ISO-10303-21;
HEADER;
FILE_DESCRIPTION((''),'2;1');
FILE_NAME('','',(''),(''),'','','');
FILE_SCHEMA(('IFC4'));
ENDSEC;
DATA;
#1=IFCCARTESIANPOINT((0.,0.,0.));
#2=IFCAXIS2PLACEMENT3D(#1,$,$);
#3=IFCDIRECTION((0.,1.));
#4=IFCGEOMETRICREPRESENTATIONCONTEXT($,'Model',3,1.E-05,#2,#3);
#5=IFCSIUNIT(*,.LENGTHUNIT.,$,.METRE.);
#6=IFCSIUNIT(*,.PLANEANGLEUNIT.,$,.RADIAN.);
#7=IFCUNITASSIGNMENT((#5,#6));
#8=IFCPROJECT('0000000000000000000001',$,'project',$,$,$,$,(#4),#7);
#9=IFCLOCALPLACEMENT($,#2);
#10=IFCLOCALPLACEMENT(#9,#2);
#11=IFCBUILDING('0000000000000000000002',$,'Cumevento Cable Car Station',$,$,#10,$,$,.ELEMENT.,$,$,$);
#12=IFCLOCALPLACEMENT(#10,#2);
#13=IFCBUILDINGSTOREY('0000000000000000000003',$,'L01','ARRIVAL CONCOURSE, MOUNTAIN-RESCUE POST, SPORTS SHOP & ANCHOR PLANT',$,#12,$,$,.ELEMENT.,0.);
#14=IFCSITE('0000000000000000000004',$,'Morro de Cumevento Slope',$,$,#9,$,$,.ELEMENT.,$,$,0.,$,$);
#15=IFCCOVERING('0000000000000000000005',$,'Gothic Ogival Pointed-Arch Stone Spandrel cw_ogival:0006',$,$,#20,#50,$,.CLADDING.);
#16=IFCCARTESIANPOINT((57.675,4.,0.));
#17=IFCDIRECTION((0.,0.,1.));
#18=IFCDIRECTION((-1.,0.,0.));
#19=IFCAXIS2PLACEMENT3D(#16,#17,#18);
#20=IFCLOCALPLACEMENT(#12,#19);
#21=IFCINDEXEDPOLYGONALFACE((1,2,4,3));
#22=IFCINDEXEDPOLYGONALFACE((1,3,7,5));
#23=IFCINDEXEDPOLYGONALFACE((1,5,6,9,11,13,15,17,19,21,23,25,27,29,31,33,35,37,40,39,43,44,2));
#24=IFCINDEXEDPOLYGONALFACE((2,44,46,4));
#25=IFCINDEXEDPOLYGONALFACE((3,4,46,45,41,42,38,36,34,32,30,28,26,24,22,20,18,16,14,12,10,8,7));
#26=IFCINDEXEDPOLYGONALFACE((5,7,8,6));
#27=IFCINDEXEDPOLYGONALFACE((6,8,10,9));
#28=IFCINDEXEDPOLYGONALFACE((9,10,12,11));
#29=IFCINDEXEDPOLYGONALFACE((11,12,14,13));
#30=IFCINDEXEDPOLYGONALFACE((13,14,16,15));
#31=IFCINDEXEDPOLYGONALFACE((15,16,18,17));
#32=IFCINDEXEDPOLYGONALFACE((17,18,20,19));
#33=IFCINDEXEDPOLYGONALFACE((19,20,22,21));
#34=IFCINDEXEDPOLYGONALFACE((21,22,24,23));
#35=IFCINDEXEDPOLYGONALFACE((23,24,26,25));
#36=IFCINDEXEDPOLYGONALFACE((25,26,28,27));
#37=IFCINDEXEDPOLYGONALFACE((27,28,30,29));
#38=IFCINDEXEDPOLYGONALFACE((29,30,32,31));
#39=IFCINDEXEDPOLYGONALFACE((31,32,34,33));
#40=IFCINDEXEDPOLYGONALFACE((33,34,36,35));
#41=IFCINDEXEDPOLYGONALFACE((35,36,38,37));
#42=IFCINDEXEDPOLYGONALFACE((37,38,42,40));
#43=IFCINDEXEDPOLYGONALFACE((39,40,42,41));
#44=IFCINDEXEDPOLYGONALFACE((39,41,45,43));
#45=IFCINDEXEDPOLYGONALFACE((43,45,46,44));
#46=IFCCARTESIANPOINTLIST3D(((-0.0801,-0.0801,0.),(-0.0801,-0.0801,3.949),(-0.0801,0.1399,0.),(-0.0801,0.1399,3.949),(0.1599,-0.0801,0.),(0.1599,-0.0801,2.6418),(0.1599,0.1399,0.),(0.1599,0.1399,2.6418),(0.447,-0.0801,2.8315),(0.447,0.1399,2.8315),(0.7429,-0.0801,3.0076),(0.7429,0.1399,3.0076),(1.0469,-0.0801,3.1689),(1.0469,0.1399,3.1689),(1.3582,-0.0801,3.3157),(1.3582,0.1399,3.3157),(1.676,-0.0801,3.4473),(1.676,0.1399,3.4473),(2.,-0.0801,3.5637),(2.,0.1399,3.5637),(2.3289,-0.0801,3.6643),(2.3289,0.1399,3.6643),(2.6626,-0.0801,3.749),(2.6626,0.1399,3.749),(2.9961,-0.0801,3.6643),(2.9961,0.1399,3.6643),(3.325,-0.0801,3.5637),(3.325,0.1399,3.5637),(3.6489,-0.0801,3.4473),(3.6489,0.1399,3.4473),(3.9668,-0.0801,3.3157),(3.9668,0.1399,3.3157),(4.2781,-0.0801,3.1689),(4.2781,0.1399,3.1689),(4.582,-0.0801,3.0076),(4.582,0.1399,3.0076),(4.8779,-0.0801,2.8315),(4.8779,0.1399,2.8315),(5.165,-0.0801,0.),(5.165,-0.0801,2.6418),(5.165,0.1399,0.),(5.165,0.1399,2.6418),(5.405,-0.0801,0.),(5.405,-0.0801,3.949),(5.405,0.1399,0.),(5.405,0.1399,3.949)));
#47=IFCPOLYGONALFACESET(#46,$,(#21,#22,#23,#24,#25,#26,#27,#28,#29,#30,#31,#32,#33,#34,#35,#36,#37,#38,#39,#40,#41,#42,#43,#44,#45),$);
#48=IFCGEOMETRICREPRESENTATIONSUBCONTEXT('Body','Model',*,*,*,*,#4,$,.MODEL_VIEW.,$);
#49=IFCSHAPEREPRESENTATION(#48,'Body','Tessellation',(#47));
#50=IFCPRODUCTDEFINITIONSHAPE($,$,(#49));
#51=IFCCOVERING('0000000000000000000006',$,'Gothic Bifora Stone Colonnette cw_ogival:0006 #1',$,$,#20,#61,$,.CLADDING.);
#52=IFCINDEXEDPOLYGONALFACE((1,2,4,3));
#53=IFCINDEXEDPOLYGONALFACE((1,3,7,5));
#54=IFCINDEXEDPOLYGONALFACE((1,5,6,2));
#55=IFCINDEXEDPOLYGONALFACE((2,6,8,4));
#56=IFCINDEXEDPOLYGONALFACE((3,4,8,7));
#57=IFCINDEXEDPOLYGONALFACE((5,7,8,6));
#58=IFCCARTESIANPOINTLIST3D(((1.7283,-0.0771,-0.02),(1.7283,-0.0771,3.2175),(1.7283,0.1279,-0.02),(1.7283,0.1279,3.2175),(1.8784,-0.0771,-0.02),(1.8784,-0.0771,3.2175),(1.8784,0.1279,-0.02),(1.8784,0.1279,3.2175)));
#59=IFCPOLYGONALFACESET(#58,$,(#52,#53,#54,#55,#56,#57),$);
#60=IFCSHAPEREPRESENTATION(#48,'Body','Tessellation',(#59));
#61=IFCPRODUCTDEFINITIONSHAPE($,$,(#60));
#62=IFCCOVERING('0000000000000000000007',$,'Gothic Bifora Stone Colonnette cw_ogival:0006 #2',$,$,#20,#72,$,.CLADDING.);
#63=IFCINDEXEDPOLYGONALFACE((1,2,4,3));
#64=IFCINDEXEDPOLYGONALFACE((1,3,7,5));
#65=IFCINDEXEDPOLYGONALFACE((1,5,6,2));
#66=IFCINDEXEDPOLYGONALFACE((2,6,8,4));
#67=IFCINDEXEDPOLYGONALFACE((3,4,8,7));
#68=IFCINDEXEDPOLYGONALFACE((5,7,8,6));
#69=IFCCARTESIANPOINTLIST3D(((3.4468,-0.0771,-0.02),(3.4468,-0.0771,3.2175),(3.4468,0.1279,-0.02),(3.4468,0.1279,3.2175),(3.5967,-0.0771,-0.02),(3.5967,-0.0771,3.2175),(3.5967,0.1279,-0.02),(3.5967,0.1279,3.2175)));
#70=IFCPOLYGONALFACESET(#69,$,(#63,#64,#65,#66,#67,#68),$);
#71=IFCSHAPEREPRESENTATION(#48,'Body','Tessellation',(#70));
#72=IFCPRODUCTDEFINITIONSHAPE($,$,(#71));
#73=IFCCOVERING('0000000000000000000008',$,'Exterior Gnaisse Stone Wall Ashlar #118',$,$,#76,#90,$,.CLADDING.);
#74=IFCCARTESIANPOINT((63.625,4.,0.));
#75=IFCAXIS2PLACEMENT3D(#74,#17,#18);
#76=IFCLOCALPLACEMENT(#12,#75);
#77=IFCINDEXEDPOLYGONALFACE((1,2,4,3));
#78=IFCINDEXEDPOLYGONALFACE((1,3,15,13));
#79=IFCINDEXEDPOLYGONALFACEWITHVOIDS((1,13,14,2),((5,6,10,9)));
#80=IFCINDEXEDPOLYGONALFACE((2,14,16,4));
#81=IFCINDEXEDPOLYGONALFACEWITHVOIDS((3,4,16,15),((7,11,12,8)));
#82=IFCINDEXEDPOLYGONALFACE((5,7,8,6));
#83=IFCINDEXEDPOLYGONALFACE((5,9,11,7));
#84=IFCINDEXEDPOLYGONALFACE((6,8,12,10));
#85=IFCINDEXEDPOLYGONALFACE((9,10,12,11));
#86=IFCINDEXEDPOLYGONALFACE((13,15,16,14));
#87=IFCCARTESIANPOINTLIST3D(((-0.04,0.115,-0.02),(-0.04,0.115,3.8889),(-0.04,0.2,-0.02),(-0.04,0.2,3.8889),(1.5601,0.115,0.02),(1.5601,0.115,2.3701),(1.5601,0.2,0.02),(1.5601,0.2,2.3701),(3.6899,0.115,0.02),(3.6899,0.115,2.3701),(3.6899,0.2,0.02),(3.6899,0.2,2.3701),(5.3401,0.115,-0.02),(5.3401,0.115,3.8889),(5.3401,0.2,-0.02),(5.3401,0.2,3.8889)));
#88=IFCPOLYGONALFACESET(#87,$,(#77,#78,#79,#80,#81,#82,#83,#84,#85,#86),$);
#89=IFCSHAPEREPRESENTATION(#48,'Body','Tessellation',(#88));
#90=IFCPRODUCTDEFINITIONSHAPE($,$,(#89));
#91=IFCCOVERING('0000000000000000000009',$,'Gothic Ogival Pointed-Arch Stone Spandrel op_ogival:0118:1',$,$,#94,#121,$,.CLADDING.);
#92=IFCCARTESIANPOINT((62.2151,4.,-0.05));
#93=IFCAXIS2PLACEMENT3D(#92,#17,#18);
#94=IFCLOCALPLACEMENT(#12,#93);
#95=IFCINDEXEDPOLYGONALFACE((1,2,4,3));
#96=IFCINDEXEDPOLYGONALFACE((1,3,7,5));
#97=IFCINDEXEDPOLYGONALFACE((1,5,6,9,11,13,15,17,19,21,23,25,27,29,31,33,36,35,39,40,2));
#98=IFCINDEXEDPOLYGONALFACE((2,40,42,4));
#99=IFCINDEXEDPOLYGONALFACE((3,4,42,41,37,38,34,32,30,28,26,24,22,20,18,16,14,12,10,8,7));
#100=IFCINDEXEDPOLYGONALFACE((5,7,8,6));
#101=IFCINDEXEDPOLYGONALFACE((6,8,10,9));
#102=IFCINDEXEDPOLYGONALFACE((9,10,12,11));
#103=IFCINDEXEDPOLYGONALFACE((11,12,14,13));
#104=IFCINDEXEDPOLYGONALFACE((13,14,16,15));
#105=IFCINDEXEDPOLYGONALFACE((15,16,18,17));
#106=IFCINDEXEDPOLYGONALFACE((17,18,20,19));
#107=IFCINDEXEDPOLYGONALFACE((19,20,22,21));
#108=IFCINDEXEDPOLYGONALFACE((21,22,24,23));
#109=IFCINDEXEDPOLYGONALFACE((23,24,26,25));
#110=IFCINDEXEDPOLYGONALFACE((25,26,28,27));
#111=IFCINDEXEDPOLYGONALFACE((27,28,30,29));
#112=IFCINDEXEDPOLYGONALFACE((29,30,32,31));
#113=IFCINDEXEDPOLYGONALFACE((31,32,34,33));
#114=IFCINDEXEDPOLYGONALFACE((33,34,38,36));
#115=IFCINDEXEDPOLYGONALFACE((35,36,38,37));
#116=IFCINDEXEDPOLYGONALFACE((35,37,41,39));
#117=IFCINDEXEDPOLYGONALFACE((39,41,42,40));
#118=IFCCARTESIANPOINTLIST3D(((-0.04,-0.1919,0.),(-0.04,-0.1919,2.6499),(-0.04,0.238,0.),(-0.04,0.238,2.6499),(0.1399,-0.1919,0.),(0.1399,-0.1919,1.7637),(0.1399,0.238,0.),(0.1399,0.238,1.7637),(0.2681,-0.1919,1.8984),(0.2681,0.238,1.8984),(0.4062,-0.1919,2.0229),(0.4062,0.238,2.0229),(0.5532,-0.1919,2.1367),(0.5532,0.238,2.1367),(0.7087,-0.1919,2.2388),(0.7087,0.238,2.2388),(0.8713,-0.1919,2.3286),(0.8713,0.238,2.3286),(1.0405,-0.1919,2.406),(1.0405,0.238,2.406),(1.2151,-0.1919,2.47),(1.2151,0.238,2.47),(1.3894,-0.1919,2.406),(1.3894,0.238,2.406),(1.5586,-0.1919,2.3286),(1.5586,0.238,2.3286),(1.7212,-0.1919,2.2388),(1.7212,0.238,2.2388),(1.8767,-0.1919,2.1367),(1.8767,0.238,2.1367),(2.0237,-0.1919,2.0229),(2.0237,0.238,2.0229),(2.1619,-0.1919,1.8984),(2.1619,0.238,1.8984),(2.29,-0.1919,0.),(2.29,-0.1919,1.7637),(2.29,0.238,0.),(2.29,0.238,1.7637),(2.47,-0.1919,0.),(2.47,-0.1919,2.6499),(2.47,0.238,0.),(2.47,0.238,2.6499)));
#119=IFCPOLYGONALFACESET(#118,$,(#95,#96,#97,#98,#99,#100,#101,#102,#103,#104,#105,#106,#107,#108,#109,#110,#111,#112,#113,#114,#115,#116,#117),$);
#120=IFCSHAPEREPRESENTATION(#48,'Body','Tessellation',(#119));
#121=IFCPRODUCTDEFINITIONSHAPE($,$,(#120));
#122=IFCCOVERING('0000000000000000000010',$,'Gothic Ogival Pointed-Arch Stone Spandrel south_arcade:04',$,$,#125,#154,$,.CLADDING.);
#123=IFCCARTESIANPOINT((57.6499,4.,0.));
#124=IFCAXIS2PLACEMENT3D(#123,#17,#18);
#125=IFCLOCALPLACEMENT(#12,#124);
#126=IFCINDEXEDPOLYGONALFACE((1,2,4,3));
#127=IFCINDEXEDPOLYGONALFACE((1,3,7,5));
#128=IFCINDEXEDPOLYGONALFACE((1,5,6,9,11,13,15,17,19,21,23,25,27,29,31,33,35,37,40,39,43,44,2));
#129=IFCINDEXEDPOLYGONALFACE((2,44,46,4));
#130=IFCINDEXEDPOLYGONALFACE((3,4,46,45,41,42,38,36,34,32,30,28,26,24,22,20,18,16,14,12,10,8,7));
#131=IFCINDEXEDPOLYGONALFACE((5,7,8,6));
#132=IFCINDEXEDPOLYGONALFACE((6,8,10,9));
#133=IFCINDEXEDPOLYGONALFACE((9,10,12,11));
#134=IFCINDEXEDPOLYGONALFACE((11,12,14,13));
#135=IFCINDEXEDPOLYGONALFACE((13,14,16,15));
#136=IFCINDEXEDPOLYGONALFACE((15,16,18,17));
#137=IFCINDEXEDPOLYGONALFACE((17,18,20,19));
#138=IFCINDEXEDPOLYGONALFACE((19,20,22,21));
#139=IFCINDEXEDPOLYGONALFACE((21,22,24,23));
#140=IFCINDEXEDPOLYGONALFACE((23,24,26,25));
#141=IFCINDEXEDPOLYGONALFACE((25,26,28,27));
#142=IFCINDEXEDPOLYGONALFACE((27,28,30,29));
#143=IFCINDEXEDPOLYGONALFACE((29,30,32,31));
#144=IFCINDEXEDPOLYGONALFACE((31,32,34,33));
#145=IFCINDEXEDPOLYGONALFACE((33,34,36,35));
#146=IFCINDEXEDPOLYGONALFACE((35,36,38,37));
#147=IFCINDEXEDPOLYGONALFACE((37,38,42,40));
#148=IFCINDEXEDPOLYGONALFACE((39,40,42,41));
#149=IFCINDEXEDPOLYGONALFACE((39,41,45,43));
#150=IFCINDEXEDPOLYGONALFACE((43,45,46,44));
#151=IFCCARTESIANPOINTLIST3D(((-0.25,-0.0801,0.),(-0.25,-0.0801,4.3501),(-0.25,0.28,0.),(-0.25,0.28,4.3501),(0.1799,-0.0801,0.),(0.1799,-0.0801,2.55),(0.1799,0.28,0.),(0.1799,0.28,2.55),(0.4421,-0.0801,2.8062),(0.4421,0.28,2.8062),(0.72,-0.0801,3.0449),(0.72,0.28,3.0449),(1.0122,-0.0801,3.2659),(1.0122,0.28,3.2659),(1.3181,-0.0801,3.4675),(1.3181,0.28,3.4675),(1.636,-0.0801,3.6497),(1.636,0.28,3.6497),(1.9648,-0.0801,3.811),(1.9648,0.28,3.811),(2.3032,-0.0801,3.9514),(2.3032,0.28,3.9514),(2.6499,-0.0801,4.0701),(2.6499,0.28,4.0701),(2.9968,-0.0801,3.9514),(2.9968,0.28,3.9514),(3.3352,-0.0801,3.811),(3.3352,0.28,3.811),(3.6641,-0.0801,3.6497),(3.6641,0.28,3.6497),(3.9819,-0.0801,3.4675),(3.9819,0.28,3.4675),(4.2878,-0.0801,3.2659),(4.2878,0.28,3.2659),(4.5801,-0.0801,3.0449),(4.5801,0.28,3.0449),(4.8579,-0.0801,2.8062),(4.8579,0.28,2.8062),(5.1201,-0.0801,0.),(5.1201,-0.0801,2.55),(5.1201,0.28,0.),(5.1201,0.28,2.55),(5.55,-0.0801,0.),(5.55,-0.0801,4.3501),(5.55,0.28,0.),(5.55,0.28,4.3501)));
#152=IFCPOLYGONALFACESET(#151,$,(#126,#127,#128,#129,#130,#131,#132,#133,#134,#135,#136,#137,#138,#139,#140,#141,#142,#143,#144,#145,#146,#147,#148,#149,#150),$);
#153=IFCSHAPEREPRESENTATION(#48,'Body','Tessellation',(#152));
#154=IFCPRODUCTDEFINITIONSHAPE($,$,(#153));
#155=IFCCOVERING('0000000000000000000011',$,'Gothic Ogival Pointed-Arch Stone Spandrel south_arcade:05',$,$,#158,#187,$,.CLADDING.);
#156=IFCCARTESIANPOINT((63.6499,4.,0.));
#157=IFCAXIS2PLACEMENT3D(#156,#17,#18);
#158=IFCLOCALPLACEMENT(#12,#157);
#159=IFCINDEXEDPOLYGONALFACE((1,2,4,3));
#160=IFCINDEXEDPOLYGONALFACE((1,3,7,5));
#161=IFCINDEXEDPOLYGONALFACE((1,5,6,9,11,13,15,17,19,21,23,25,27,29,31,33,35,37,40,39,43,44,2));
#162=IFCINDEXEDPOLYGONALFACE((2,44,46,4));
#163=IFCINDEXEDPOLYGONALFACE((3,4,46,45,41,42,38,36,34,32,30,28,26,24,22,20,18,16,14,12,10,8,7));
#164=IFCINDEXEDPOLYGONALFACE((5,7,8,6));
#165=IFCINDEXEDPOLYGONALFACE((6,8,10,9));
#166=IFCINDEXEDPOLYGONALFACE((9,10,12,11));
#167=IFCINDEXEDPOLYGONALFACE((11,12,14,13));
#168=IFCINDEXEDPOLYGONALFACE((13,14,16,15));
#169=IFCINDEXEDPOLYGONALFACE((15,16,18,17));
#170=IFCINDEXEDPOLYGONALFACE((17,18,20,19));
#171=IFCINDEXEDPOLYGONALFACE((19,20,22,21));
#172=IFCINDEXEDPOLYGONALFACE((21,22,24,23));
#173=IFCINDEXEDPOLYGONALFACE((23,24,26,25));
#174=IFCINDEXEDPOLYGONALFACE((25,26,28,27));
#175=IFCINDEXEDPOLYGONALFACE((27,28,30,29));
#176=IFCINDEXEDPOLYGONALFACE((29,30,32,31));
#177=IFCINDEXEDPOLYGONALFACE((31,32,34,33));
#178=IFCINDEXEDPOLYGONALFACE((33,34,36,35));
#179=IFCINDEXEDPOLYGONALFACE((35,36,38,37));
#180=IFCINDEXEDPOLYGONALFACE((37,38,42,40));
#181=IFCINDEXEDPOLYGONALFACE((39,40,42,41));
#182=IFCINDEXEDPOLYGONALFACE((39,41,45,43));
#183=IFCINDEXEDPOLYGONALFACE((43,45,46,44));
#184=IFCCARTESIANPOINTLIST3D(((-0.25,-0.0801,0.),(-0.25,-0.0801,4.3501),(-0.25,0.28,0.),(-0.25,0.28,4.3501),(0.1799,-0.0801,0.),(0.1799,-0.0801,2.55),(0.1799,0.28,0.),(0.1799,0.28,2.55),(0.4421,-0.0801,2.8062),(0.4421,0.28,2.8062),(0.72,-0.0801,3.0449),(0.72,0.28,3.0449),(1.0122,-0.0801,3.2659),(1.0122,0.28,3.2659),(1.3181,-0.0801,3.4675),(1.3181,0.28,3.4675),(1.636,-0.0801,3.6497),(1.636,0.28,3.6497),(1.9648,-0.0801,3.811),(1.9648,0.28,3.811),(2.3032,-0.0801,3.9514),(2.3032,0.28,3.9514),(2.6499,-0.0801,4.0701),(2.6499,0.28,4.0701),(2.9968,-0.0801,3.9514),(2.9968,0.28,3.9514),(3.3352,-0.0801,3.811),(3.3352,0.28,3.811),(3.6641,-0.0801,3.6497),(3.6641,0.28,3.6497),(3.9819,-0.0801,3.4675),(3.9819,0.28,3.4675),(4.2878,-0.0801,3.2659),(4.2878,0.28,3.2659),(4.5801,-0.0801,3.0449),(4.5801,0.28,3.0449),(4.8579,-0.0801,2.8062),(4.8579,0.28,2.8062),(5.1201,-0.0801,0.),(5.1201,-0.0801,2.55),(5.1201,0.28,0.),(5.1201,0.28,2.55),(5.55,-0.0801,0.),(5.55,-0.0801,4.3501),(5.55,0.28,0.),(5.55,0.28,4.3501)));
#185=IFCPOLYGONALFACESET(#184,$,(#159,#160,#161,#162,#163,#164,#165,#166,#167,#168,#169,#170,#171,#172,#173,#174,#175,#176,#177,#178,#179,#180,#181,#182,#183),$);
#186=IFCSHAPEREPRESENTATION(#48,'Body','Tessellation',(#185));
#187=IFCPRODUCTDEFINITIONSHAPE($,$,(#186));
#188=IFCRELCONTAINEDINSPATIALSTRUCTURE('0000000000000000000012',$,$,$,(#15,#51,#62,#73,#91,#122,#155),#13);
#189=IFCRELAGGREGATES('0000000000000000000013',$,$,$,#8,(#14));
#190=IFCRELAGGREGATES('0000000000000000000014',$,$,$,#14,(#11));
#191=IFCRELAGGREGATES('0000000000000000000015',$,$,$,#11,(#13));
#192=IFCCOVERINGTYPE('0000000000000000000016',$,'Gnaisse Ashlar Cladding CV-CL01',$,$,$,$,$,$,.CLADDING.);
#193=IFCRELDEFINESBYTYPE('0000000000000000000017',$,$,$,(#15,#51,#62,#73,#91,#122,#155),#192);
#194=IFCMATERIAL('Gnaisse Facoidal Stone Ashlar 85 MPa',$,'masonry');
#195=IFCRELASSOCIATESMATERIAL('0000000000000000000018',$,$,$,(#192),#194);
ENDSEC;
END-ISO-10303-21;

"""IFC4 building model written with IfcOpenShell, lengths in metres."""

from ifc_helpers import new_model, si_unit, direction, frame, origin, place, context, subcontext, project, spatial, polyline, outline, extrude, material, type_object, element, save


model = new_model("IFC4")

# Units and contexts
model_context = context("Model", 3, precision=1e-05, world=origin(), true_north=direction((0.0, 1.0)))
body_context = subcontext(model_context, "Body", "Model", "MODEL_VIEW")
ifc_project = project(units=[si_unit("LENGTHUNIT", "METRE"), si_unit("PLANEANGLEUNIT", "RADIAN")], contexts=[model_context])

# Site, building, storey
site_placement = place(None, origin())
site = spatial("IfcSite", under=ifc_project, at=site_placement, Name="Morro de Cumevento Slope", CompositionType="ELEMENT", RefElevation=0.0)
building_placement = place(site_placement, origin())
building = spatial("IfcBuilding", under=site, at=building_placement, Name="Cumevento Cable Car Station", CompositionType="ELEMENT")
storey_placement = place(building_placement, origin())
storey = spatial("IfcBuildingStorey", under=building, at=storey_placement, Name="L01", Description="ARRIVAL CONCOURSE, MOUNTAIN-RESCUE POST, SPORTS SHOP & ANCHOR PLANT", CompositionType="ELEMENT", Elevation=0.0)

# Coverings
ifc_material_1 = material(Name="Gnaisse Facoidal Stone Ashlar 85 MPa", Category="masonry")
covering_type = type_object("IfcCoveringType", Name="Gnaisse Ashlar Cladding CV-CL01", PredefinedType="CLADDING", material=ifc_material_1)
placement = place(storey_placement, frame((57.675, 4.0, 0.0), z_axis=(0.0, 0.0, 1.0), x_axis=(-1.0, 0.0, 0.0)))
element("IfcCovering", 1, at=placement, inside=storey, type_object=covering_type, Name="Gothic Ogival Pointed-Arch Stone Spandrel cw_ogival:0006", PredefinedType="CLADDING", context=body_context, shape_type="SweptSolid", body=[
    extrude(outline(polyline([(-0.0801, 0.0), (-0.0801, 3.949), (5.405, 3.949), (5.405, 0.0), (5.165, 0.0), (5.165, 2.6418), (4.8779, 2.8315), (4.582, 3.0076), (4.2781, 3.1689), (3.9668, 3.3157), (3.6489, 3.4473), (3.325, 3.5637), (2.9961, 3.6643), (2.6626, 3.749), (2.3289, 3.6643), (2.0, 3.5637), (1.676, 3.4473), (1.3582, 3.3157), (1.0469, 3.1689), (0.7429, 3.0076), (0.447, 2.8315), (0.1599, 2.6418), (0.1599, 0.0), (-0.0801, 0.0)])), frame((0.0, 0.1399, 0.0), z_axis=(0.0, -1.0, 0.0), x_axis=(1.0, 0.0, 0.0)), (0.0, 0.0, 1.0), 0.22),
])
element("IfcCovering", 2, at=placement, inside=storey, type_object=covering_type, Name="Gothic Bifora Stone Colonnette cw_ogival:0006 #1", PredefinedType="CLADDING", context=body_context, shape_type="SweptSolid", body=[
    extrude(outline(polyline([(1.7283, -0.02), (1.8784, -0.02), (1.8784, 3.2175), (1.7283, 3.2175), (1.7283, -0.02)])), frame((0.0, 0.1279, 0.0), z_axis=(0.0, -1.0, 0.0), x_axis=(1.0, 0.0, 0.0)), (0.0, 0.0, 1.0), 0.2051),
])
element("IfcCovering", 3, at=placement, inside=storey, type_object=covering_type, Name="Gothic Bifora Stone Colonnette cw_ogival:0006 #2", PredefinedType="CLADDING", context=body_context, shape_type="SweptSolid", body=[
    extrude(outline(polyline([(3.4468, -0.02), (3.5967, -0.02), (3.5967, 3.2175), (3.4468, 3.2175), (3.4468, -0.02)])), frame((0.0, 0.1279, 0.0), z_axis=(0.0, -1.0, 0.0), x_axis=(1.0, 0.0, 0.0)), (0.0, 0.0, 1.0), 0.2051),
])
covering_1_placement = place(storey_placement, frame((63.625, 4.0, 0.0), z_axis=(0.0, 0.0, 1.0), x_axis=(-1.0, 0.0, 0.0)))
element("IfcCovering", 4, at=covering_1_placement, inside=storey, type_object=covering_type, Name="Exterior Gnaisse Stone Wall Ashlar #118", PredefinedType="CLADDING", context=body_context, shape_type="SweptSolid", body=[
    extrude(outline(polyline([(-0.04, -0.02), (5.3401, -0.02), (5.3401, 3.8889), (-0.04, 3.8889), (-0.04, -0.02)]), holes=[polyline([(1.5601, 0.02), (3.6899, 0.02), (3.6899, 2.3701), (1.5601, 2.3701), (1.5601, 0.02)])]), frame((0.0, 0.2, 0.0), z_axis=(0.0, -1.0, 0.0), x_axis=(1.0, 0.0, 0.0)), (0.0, 0.0, 1.0), 0.085),
])
covering_2_placement = place(storey_placement, frame((62.2151, 4.0, -0.05), z_axis=(0.0, 0.0, 1.0), x_axis=(-1.0, 0.0, 0.0)))
element("IfcCovering", 5, at=covering_2_placement, inside=storey, type_object=covering_type, Name="Gothic Ogival Pointed-Arch Stone Spandrel op_ogival:0118:1", PredefinedType="CLADDING", context=body_context, shape_type="SweptSolid", body=[
    extrude(outline(polyline([(-0.04, 0.0), (-0.04, 2.6499), (2.47, 2.6499), (2.47, 0.0), (2.29, 0.0), (2.29, 1.7637), (2.1619, 1.8984), (2.0237, 2.0229), (1.8767, 2.1367), (1.7212, 2.2388), (1.5586, 2.3286), (1.3894, 2.406), (1.2151, 2.47), (1.0405, 2.406), (0.8713, 2.3286), (0.7087, 2.2388), (0.5532, 2.1367), (0.4062, 2.0229), (0.2681, 1.8984), (0.1399, 1.7637), (0.1399, 0.0), (-0.04, 0.0)])), frame((0.0, 0.238, 0.0), z_axis=(0.0, -1.0, 0.0), x_axis=(1.0, 0.0, 0.0)), (0.0, 0.0, 1.0), 0.4299),
])
for number, where, z_axis, x_axis, name in (
    (6, (57.6499, 4.0, 0.0), (0.0, 0.0, 1.0), (-1.0, 0.0, 0.0), "Gothic Ogival Pointed-Arch Stone Spandrel south_arcade:04"),
    (7, (63.6499, 4.0, 0.0), (0.0, 0.0, 1.0), (-1.0, 0.0, 0.0), "Gothic Ogival Pointed-Arch Stone Spandrel south_arcade:05"),
):
    element("IfcCovering", number, at=place(storey_placement, frame(where, z_axis=z_axis, x_axis=x_axis)), inside=storey, type_object=covering_type, Name=name, PredefinedType="CLADDING", context=body_context, shape_type="SweptSolid", body=[
        extrude(outline(polyline([(-0.25, 0.0), (-0.25, 4.3501), (5.55, 4.3501), (5.55, 0.0), (5.1201, 0.0), (5.1201, 2.55), (4.8579, 2.8062), (4.5801, 3.0449), (4.2878, 3.2659), (3.9819, 3.4675), (3.6641, 3.6497), (3.3352, 3.811), (2.9968, 3.9514), (2.6499, 4.0701), (2.3032, 3.9514), (1.9648, 3.811), (1.636, 3.6497), (1.3181, 3.4675), (1.0122, 3.2659), (0.72, 3.0449), (0.4421, 2.8062), (0.1799, 2.55), (0.1799, 0.0), (-0.25, 0.0)])), frame((0.0, 0.28, 0.0), z_axis=(0.0, -1.0, 0.0), x_axis=(1.0, 0.0, 0.0)), (0.0, 0.0, 1.0), 0.3601),
    ])

save(model, "model.ifc")
